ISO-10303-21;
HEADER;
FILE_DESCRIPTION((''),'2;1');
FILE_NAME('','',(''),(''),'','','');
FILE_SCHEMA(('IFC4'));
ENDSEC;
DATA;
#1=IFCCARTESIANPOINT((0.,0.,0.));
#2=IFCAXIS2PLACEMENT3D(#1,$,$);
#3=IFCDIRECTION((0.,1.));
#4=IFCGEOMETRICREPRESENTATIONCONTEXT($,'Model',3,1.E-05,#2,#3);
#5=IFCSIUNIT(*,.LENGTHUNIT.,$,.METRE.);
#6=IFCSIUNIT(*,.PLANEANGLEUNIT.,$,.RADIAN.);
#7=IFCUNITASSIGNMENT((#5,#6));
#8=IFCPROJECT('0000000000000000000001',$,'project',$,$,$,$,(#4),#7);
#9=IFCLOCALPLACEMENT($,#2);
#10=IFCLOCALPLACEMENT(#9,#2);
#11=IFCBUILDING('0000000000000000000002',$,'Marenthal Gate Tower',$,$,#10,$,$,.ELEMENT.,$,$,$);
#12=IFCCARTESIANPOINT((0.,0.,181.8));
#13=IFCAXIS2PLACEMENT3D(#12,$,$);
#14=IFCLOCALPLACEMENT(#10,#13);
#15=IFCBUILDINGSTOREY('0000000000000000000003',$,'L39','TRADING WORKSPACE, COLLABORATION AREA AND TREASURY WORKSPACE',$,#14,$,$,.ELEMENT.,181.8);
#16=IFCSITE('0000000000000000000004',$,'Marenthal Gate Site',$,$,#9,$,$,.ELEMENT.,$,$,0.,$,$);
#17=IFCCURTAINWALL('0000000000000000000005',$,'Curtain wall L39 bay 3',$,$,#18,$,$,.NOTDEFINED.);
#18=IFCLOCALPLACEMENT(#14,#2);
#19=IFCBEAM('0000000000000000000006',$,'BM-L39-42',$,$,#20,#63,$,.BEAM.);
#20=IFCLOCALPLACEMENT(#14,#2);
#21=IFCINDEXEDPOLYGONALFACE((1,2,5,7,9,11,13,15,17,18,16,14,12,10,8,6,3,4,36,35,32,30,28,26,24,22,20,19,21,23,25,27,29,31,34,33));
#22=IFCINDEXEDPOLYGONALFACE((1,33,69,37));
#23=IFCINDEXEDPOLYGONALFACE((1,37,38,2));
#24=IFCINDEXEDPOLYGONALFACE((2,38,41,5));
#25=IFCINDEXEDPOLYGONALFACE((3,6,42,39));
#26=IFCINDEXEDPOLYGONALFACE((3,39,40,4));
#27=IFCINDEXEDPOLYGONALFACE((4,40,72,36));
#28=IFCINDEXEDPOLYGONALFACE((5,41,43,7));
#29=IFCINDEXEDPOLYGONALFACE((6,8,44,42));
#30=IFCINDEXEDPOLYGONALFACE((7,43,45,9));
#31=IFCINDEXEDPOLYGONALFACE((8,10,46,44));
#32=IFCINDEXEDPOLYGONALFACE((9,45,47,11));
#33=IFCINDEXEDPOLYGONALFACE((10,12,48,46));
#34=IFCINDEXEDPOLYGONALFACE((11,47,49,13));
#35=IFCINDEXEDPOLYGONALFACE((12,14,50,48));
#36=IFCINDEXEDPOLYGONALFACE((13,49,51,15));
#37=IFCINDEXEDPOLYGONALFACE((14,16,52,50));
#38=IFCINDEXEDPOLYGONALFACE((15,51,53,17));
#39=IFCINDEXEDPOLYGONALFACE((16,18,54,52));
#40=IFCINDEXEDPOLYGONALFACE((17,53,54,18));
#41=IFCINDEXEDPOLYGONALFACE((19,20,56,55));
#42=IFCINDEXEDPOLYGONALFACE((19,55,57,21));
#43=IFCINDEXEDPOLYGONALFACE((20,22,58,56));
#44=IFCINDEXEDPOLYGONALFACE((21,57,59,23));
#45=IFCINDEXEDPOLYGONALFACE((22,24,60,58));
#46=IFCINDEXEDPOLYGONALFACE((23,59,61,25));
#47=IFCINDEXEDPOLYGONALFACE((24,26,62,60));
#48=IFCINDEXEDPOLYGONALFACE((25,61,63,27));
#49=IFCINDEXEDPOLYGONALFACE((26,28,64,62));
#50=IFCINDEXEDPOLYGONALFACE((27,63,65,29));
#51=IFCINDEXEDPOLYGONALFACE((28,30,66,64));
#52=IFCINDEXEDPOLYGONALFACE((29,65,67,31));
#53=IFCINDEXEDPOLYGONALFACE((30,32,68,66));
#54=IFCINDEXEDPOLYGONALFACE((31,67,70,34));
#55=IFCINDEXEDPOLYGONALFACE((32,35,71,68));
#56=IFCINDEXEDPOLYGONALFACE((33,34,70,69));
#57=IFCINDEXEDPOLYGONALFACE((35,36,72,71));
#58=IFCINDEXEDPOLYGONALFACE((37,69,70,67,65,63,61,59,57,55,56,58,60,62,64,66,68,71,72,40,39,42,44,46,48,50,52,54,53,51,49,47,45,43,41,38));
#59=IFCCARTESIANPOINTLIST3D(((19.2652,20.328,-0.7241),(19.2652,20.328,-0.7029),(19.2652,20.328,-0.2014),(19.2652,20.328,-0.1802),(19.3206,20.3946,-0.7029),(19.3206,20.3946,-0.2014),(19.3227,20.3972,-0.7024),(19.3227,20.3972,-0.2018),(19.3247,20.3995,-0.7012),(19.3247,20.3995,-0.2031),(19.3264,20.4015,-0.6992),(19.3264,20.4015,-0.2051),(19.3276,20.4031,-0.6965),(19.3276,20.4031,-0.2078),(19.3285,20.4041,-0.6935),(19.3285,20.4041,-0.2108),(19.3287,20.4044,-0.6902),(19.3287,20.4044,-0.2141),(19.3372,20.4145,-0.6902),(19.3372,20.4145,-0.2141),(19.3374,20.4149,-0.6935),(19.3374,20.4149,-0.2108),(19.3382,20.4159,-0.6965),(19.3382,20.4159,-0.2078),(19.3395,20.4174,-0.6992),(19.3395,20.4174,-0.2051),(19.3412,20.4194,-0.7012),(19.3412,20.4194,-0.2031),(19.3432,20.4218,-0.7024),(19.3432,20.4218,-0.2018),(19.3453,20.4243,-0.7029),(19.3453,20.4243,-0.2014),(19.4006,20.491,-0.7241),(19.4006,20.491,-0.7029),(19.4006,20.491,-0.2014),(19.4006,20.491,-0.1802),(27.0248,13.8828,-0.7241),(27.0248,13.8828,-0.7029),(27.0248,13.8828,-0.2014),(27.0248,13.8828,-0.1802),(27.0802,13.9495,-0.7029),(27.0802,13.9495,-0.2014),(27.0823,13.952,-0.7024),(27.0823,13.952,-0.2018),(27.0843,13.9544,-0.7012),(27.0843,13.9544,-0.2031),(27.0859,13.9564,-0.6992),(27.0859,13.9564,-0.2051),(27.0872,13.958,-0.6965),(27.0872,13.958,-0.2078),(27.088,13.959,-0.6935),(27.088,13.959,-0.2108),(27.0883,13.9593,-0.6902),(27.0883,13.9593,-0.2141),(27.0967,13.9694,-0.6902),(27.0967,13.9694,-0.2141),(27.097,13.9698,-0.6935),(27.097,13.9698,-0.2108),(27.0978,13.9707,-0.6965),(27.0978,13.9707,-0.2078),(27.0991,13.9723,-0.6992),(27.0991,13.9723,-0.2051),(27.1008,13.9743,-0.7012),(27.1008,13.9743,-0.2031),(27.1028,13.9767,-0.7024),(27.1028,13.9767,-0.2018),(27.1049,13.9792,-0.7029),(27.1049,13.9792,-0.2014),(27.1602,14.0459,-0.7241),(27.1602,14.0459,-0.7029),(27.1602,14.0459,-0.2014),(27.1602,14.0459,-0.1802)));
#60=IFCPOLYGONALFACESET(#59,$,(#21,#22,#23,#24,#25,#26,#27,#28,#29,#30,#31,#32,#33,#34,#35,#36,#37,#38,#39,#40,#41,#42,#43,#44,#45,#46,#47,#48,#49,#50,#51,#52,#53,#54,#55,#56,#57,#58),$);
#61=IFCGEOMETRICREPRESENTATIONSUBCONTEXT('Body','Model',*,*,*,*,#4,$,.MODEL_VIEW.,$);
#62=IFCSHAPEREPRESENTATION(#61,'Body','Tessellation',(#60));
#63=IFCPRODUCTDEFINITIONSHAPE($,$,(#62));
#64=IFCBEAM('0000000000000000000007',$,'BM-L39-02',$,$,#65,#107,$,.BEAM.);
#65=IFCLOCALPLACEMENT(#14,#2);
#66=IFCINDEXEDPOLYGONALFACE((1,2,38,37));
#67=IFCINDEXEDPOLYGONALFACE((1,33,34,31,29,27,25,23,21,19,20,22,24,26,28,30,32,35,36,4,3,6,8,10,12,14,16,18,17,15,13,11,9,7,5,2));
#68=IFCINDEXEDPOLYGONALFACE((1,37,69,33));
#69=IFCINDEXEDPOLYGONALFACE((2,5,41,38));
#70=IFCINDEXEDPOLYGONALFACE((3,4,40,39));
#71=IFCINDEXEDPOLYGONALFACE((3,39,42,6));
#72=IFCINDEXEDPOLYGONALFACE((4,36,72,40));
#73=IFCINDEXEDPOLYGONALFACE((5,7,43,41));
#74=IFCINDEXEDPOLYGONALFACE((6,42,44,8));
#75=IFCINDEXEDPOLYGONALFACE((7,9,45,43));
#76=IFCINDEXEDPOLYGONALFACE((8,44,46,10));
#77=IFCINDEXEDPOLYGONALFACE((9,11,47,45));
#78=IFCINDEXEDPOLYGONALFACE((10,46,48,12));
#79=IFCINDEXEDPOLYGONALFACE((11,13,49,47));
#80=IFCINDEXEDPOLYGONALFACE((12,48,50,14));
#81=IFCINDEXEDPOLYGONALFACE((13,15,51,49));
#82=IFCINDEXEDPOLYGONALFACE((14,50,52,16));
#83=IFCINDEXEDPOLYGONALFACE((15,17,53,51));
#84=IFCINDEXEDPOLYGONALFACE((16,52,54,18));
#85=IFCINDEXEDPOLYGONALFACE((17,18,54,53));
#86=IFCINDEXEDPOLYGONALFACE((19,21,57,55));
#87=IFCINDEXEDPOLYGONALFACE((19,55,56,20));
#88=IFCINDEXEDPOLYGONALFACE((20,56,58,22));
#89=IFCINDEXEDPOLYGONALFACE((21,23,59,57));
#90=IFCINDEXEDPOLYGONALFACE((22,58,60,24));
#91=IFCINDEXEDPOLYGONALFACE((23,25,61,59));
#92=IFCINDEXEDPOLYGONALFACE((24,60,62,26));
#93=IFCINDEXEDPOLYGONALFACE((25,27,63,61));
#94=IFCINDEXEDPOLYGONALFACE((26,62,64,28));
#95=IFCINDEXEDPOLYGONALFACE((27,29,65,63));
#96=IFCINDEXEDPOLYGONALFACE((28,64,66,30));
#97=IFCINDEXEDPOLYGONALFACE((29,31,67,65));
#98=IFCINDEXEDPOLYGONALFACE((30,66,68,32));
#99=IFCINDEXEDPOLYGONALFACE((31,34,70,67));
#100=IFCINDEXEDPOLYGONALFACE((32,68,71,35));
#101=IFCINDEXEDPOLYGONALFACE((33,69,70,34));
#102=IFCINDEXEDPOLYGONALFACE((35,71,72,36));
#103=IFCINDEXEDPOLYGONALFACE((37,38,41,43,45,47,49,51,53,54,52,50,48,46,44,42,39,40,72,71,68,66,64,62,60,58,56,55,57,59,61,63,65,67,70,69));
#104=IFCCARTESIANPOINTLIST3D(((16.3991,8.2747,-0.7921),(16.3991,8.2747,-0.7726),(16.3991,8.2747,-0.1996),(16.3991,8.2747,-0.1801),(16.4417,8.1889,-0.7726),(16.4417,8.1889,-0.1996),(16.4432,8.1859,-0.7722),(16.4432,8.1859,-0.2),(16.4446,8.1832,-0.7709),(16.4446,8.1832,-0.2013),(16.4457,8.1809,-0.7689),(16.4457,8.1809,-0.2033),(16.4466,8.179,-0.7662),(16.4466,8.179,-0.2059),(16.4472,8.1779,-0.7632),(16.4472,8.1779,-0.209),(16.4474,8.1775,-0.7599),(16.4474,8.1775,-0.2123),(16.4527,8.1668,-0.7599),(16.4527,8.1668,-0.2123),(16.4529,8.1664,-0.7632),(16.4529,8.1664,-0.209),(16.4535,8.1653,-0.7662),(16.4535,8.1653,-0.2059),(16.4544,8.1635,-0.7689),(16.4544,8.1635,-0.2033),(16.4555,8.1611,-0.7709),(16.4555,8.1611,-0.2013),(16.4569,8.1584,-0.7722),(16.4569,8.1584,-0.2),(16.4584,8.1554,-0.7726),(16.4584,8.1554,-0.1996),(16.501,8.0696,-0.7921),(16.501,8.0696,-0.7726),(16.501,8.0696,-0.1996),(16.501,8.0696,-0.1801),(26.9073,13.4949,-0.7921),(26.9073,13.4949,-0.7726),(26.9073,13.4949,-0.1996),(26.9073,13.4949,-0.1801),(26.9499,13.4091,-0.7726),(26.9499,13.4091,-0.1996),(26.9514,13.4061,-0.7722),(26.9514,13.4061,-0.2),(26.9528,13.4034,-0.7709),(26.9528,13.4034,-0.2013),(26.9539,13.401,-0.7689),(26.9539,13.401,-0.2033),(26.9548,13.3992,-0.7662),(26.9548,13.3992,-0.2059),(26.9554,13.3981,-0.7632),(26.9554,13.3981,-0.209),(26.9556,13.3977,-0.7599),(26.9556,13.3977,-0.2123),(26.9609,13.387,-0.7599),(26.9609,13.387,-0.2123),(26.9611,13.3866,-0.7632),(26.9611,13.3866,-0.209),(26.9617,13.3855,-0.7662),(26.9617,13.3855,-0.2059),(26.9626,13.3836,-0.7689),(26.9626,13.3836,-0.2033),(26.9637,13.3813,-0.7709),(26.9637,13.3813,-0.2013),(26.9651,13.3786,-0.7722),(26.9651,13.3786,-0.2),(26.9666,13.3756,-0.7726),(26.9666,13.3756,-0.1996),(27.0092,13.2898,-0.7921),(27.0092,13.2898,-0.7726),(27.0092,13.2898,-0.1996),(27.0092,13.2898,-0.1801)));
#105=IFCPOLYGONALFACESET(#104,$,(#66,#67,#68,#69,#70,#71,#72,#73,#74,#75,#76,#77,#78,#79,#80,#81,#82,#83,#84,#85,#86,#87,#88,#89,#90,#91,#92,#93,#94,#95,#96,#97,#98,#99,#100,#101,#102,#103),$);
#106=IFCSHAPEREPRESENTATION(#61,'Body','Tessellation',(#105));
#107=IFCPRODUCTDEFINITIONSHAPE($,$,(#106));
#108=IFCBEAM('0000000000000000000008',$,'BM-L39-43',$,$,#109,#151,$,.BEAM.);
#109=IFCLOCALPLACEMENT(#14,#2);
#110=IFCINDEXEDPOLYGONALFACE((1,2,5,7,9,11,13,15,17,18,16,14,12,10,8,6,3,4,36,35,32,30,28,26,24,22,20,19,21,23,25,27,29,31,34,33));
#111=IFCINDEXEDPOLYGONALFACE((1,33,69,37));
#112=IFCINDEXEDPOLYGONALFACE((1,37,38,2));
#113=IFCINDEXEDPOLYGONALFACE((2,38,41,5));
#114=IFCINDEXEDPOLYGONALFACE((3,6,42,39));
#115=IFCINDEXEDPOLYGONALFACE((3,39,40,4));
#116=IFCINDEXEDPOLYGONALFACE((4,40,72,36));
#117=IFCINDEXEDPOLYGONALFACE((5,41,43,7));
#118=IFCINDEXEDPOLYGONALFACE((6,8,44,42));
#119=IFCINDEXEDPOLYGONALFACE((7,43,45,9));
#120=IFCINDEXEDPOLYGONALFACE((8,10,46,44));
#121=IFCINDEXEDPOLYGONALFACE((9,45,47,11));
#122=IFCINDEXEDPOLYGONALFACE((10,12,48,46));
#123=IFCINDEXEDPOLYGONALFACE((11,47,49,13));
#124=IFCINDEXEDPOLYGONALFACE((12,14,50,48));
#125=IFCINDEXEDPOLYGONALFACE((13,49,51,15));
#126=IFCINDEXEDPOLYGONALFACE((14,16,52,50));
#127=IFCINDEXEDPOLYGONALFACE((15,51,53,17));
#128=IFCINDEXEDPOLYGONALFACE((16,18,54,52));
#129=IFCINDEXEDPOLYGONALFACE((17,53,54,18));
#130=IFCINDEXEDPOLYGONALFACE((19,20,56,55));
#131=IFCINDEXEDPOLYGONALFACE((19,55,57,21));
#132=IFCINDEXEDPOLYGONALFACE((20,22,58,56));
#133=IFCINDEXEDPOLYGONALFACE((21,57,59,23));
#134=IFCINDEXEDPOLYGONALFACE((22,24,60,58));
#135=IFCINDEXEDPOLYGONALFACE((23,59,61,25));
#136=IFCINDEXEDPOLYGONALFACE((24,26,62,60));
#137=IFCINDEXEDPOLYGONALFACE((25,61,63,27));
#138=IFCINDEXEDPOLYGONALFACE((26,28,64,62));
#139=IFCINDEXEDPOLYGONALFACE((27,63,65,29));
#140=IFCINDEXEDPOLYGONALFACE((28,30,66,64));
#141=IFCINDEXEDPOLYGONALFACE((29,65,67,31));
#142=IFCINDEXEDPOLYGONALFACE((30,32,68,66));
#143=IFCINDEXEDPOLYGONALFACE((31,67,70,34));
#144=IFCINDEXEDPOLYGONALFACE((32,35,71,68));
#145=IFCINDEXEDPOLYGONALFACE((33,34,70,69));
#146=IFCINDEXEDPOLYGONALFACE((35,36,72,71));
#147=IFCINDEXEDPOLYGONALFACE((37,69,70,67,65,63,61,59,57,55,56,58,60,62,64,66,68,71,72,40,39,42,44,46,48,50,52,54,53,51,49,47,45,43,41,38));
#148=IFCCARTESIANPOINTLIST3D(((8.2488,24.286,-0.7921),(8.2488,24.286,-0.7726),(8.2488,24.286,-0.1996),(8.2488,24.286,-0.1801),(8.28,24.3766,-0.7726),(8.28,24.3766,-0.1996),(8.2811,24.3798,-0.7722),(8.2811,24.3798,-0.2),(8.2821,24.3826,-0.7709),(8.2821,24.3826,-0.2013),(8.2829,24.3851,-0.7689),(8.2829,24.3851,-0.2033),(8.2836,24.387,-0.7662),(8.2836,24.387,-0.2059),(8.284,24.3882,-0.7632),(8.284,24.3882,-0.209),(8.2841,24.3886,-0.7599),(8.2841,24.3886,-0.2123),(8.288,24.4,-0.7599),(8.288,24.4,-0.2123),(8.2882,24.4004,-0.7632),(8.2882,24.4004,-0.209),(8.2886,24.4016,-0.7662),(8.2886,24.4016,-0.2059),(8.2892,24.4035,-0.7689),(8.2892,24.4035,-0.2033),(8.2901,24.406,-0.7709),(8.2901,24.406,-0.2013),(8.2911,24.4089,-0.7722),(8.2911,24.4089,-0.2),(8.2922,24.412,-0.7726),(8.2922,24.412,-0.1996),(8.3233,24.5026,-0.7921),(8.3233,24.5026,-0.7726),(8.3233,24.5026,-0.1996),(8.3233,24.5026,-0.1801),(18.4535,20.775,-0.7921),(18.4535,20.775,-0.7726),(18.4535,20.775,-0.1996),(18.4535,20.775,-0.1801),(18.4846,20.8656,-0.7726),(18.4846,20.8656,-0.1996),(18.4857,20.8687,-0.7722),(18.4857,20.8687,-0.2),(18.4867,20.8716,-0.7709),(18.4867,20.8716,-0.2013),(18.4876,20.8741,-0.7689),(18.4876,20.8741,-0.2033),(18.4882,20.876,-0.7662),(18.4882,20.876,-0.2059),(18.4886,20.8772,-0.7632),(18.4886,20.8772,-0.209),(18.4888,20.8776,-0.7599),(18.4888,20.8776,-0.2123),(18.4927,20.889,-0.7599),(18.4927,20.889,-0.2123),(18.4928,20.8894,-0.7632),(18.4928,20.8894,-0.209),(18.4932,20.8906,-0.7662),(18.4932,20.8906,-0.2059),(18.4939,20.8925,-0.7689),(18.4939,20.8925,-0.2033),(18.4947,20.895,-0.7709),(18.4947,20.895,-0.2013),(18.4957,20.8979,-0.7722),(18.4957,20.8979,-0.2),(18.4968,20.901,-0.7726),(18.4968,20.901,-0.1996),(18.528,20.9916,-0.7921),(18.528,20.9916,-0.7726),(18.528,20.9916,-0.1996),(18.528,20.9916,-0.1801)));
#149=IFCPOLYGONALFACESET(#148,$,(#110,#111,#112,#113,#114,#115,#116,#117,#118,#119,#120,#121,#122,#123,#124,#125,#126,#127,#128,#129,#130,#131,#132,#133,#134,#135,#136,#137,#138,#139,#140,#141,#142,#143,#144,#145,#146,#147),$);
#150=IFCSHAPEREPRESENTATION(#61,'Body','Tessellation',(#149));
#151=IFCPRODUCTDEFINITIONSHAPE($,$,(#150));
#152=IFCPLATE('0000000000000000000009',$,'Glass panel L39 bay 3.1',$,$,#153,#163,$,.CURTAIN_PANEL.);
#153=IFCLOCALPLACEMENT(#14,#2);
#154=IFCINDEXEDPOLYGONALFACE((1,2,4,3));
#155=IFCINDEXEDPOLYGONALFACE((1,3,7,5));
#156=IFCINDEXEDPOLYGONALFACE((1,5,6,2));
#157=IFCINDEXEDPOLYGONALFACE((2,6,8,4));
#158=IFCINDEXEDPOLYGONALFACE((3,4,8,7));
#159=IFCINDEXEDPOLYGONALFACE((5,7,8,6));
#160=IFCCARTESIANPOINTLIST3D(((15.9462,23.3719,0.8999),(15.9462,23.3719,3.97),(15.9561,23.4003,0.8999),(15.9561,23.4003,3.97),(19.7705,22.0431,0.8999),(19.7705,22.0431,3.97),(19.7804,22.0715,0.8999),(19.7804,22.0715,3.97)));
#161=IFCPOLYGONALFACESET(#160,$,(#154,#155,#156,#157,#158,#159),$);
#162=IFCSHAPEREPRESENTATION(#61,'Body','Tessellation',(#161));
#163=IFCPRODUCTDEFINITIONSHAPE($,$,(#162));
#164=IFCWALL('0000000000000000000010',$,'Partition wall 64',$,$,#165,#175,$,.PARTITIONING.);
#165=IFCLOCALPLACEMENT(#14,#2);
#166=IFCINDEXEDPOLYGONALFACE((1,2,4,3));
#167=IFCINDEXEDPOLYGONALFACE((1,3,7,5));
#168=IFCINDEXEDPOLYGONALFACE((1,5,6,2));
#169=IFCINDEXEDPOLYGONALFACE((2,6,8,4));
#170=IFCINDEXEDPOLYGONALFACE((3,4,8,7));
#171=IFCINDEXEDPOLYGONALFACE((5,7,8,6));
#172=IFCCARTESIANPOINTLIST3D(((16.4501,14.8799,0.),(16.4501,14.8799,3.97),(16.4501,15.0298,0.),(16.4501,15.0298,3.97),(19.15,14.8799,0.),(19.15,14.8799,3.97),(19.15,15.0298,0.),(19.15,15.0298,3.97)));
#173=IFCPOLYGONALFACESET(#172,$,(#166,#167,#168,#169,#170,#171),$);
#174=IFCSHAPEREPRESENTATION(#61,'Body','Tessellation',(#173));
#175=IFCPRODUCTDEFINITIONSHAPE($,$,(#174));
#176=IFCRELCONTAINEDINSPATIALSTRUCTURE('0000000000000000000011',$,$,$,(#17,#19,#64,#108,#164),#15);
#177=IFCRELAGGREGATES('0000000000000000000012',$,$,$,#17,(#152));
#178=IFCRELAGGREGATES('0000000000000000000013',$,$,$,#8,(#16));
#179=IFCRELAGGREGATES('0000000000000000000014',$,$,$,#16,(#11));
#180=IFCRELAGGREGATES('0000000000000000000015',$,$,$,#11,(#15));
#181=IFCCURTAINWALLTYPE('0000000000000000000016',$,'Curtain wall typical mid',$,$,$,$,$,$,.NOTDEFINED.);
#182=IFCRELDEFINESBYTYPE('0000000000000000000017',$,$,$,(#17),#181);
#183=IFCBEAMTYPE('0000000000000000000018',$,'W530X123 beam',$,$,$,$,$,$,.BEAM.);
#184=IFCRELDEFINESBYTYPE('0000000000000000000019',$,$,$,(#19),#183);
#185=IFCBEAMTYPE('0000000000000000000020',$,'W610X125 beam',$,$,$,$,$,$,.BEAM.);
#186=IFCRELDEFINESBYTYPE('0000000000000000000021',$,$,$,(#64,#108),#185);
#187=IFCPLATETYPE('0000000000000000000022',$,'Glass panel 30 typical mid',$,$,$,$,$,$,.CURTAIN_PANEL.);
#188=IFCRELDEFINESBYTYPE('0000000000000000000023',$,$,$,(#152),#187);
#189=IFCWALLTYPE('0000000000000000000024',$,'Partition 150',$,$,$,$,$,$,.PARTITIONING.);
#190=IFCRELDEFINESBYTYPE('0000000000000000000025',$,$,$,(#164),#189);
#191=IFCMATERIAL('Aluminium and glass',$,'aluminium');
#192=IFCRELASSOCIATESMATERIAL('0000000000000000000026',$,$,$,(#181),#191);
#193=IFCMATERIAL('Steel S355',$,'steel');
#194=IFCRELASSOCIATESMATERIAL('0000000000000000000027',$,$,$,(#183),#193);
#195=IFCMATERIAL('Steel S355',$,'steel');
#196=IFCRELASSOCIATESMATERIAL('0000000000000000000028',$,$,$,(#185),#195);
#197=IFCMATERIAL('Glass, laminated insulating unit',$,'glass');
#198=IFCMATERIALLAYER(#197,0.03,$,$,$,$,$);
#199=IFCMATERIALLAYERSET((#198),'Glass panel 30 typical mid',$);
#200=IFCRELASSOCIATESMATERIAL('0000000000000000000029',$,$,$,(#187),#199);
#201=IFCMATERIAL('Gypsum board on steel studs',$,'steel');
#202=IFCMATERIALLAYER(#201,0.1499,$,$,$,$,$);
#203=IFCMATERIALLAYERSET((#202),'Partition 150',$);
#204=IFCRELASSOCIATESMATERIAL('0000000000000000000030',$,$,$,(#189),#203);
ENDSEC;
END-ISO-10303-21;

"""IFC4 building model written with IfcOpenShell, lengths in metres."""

from ifc_helpers import new_model, si_unit, direction, frame, frame_2d, origin, origin_2d, place, context, subcontext, project, spatial, rectangle, i_section, extrude, material, layer, layer_set, material_profile, profile_set, type_object, element, aggregate, save


model = new_model("IFC4")

# Units and contexts
model_context = context("Model", 3, precision=1e-05, world=origin(), true_north=direction((0.0, 1.0)))
body_context = subcontext(model_context, "Body", "Model", "MODEL_VIEW")
ifc_project = project(units=[si_unit("LENGTHUNIT", "METRE"), si_unit("PLANEANGLEUNIT", "RADIAN")], contexts=[model_context])

# Site, building, storey
site_placement = place(None, origin())
site = spatial("IfcSite", under=ifc_project, at=site_placement, Name="Marenthal Gate Site", CompositionType="ELEMENT", RefElevation=0.0)
building_placement = place(site_placement, origin())
building = spatial("IfcBuilding", under=site, at=building_placement, Name="Marenthal Gate Tower", CompositionType="ELEMENT")
storey_placement = place(building_placement, frame((0.0, 0.0, 181.8)))
storey = spatial("IfcBuildingStorey", under=building, at=storey_placement, Name="L39", Description="TRADING WORKSPACE, COLLABORATION AREA AND TREASURY WORKSPACE", CompositionType="ELEMENT", Elevation=181.8)

# Shared definitions
ifc_material_1 = material(Name="Aluminium and glass", Category="aluminium")
curtain_wall_type = type_object("IfcCurtainWallType", Name="Curtain wall typical mid", PredefinedType="NOTDEFINED", material=ifc_material_1)

# Curtain wall
curtain_wall_1_placement = place(storey_placement, origin())
curtain_wall_1 = element("IfcCurtainWall", 1, at=curtain_wall_1_placement, inside=storey, type_object=curtain_wall_type, Name="Curtain wall L39 bay 3", PredefinedType="NOTDEFINED")

# Beams
ifc_material_2 = material(Name="Steel S355", Category="steel")
ifc_material_profile_1 = material_profile(ifc_material_2, i_section(OverallWidth=0.2119, OverallDepth=0.5439, WebThickness=0.0132, FlangeThickness=0.0212, FilletRadius=0.0127, at=origin_2d()), Name="W530X123")
ifc_profile_set_1 = profile_set([ifc_material_profile_1], Name="Steel S355")
beam_type_1 = type_object("IfcBeamType", Name="W530X123 beam", PredefinedType="BEAM", material=ifc_profile_set_1)
beam_1_placement = place(storey_placement, frame((27.0925, 13.9644, -0.4521), z_axis=(-0.769254, 0.638943, 0.0), x_axis=(-0.638943, -0.769254, 0.0)))
element("IfcBeam", 2, at=beam_1_placement, inside=storey, type_object=beam_type_1, Name="BM-L39-42", PredefinedType="BEAM", context=body_context, shape_type="SweptSolid", body=[
    extrude(i_section(OverallWidth=0.2119, OverallDepth=0.5439, WebThickness=0.0132, FlangeThickness=0.0212, FilletRadius=0.0127, at=origin_2d()), origin(), (0.0, 0.0, 1.0), 10.0872),
])
ifc_material_3 = material(Name="Steel S355", Category="steel")
ifc_material_profile_2 = material_profile(ifc_material_3, i_section(OverallWidth=0.229, OverallDepth=0.6121, WebThickness=0.012, FlangeThickness=0.0195, FilletRadius=0.0127, at=origin_2d()), Name="W610X125")
ifc_profile_set_2 = profile_set([ifc_material_profile_2], Name="Steel S355")
beam_type_2 = type_object("IfcBeamType", Name="W610X125 beam", PredefinedType="BEAM", material=ifc_profile_set_2)
beam_2_placement = place(storey_placement, frame((26.9583, 13.3923, -0.4861), z_axis=(-0.895581, -0.444898, 0.0), x_axis=(0.444898, -0.895581, 0.0)))
element("IfcBeam", 3, at=beam_2_placement, inside=storey, type_object=beam_type_2, Name="BM-L39-02", PredefinedType="BEAM", context=body_context, shape_type="SweptSolid", body=[
    extrude(i_section(OverallWidth=0.229, OverallDepth=0.6121, WebThickness=0.012, FlangeThickness=0.0195, FilletRadius=0.0127, at=origin_2d()), origin(), (0.0, 0.0, 1.0), 11.7334),
])
beam_3_placement = place(storey_placement, frame((18.4907, 20.8833, -0.4861), z_axis=(-0.945597, 0.325342, 0.0), x_axis=(-0.325342, -0.945597, 0.0)))
element("IfcBeam", 4, at=beam_3_placement, inside=storey, type_object=beam_type_2, Name="BM-L39-43", PredefinedType="BEAM", context=body_context, shape_type="SweptSolid", body=[
    extrude(i_section(OverallWidth=0.229, OverallDepth=0.6121, WebThickness=0.012, FlangeThickness=0.0195, FilletRadius=0.0127, at=origin_2d()), origin(), (0.0, 0.0, 1.0), 10.7917),
])

# Plate
ifc_material_4 = material(Name="Glass, laminated insulating unit", Category="glass")
ifc_layer_1 = layer(ifc_material_4, 0.03)
ifc_layer_set_1 = layer_set([ifc_layer_1], Name="Glass panel 30 typical mid")
plate_type = type_object("IfcPlateType", Name="Glass panel 30 typical mid", PredefinedType="CURTAIN_PANEL", material=ifc_layer_set_1)
plate_placement = place(storey_placement, frame((17.8633, 22.7217, 0.8999), z_axis=(0.0, 0.0, 1.0), x_axis=(-0.944604, 0.328211, 0.0)))
plate = element("IfcPlate", 5, at=plate_placement, type_object=plate_type, Name="Glass panel L39 bay 3.1", PredefinedType="CURTAIN_PANEL", context=body_context, shape_type="SweptSolid", body=[
    extrude(rectangle(XDim=4.0486, YDim=0.03, at=origin_2d()), origin(), (0.0, 0.0, 1.0), 3.0701),
])
aggregate(curtain_wall_1, [plate])

# Wall
ifc_material_5 = material(Name="Gypsum board on steel studs", Category="steel")
ifc_layer_2 = layer(ifc_material_5, 0.1499)
ifc_layer_set_2 = layer_set([ifc_layer_2], Name="Partition 150")
wall_type_1 = type_object("IfcWallType", Name="Partition 150", PredefinedType="PARTITIONING", material=ifc_layer_set_2)
wall_1_placement = place(storey_placement, frame((16.45, 14.9548, 0.0), z_axis=(0.0, 0.0, 1.0), x_axis=(1.0, 0.0, 0.0)))
element("IfcWall", 6, at=wall_1_placement, inside=storey, type_object=wall_type_1, Name="Partition wall 64", PredefinedType="PARTITIONING", context=body_context, shape_type="SweptSolid", body=[
    extrude(rectangle(XDim=2.7, YDim=0.1499, at=frame_2d((1.3501, 0.0))), origin(), (0.0, 0.0, 1.0), 3.97),
])

save(model, "model.ifc")
